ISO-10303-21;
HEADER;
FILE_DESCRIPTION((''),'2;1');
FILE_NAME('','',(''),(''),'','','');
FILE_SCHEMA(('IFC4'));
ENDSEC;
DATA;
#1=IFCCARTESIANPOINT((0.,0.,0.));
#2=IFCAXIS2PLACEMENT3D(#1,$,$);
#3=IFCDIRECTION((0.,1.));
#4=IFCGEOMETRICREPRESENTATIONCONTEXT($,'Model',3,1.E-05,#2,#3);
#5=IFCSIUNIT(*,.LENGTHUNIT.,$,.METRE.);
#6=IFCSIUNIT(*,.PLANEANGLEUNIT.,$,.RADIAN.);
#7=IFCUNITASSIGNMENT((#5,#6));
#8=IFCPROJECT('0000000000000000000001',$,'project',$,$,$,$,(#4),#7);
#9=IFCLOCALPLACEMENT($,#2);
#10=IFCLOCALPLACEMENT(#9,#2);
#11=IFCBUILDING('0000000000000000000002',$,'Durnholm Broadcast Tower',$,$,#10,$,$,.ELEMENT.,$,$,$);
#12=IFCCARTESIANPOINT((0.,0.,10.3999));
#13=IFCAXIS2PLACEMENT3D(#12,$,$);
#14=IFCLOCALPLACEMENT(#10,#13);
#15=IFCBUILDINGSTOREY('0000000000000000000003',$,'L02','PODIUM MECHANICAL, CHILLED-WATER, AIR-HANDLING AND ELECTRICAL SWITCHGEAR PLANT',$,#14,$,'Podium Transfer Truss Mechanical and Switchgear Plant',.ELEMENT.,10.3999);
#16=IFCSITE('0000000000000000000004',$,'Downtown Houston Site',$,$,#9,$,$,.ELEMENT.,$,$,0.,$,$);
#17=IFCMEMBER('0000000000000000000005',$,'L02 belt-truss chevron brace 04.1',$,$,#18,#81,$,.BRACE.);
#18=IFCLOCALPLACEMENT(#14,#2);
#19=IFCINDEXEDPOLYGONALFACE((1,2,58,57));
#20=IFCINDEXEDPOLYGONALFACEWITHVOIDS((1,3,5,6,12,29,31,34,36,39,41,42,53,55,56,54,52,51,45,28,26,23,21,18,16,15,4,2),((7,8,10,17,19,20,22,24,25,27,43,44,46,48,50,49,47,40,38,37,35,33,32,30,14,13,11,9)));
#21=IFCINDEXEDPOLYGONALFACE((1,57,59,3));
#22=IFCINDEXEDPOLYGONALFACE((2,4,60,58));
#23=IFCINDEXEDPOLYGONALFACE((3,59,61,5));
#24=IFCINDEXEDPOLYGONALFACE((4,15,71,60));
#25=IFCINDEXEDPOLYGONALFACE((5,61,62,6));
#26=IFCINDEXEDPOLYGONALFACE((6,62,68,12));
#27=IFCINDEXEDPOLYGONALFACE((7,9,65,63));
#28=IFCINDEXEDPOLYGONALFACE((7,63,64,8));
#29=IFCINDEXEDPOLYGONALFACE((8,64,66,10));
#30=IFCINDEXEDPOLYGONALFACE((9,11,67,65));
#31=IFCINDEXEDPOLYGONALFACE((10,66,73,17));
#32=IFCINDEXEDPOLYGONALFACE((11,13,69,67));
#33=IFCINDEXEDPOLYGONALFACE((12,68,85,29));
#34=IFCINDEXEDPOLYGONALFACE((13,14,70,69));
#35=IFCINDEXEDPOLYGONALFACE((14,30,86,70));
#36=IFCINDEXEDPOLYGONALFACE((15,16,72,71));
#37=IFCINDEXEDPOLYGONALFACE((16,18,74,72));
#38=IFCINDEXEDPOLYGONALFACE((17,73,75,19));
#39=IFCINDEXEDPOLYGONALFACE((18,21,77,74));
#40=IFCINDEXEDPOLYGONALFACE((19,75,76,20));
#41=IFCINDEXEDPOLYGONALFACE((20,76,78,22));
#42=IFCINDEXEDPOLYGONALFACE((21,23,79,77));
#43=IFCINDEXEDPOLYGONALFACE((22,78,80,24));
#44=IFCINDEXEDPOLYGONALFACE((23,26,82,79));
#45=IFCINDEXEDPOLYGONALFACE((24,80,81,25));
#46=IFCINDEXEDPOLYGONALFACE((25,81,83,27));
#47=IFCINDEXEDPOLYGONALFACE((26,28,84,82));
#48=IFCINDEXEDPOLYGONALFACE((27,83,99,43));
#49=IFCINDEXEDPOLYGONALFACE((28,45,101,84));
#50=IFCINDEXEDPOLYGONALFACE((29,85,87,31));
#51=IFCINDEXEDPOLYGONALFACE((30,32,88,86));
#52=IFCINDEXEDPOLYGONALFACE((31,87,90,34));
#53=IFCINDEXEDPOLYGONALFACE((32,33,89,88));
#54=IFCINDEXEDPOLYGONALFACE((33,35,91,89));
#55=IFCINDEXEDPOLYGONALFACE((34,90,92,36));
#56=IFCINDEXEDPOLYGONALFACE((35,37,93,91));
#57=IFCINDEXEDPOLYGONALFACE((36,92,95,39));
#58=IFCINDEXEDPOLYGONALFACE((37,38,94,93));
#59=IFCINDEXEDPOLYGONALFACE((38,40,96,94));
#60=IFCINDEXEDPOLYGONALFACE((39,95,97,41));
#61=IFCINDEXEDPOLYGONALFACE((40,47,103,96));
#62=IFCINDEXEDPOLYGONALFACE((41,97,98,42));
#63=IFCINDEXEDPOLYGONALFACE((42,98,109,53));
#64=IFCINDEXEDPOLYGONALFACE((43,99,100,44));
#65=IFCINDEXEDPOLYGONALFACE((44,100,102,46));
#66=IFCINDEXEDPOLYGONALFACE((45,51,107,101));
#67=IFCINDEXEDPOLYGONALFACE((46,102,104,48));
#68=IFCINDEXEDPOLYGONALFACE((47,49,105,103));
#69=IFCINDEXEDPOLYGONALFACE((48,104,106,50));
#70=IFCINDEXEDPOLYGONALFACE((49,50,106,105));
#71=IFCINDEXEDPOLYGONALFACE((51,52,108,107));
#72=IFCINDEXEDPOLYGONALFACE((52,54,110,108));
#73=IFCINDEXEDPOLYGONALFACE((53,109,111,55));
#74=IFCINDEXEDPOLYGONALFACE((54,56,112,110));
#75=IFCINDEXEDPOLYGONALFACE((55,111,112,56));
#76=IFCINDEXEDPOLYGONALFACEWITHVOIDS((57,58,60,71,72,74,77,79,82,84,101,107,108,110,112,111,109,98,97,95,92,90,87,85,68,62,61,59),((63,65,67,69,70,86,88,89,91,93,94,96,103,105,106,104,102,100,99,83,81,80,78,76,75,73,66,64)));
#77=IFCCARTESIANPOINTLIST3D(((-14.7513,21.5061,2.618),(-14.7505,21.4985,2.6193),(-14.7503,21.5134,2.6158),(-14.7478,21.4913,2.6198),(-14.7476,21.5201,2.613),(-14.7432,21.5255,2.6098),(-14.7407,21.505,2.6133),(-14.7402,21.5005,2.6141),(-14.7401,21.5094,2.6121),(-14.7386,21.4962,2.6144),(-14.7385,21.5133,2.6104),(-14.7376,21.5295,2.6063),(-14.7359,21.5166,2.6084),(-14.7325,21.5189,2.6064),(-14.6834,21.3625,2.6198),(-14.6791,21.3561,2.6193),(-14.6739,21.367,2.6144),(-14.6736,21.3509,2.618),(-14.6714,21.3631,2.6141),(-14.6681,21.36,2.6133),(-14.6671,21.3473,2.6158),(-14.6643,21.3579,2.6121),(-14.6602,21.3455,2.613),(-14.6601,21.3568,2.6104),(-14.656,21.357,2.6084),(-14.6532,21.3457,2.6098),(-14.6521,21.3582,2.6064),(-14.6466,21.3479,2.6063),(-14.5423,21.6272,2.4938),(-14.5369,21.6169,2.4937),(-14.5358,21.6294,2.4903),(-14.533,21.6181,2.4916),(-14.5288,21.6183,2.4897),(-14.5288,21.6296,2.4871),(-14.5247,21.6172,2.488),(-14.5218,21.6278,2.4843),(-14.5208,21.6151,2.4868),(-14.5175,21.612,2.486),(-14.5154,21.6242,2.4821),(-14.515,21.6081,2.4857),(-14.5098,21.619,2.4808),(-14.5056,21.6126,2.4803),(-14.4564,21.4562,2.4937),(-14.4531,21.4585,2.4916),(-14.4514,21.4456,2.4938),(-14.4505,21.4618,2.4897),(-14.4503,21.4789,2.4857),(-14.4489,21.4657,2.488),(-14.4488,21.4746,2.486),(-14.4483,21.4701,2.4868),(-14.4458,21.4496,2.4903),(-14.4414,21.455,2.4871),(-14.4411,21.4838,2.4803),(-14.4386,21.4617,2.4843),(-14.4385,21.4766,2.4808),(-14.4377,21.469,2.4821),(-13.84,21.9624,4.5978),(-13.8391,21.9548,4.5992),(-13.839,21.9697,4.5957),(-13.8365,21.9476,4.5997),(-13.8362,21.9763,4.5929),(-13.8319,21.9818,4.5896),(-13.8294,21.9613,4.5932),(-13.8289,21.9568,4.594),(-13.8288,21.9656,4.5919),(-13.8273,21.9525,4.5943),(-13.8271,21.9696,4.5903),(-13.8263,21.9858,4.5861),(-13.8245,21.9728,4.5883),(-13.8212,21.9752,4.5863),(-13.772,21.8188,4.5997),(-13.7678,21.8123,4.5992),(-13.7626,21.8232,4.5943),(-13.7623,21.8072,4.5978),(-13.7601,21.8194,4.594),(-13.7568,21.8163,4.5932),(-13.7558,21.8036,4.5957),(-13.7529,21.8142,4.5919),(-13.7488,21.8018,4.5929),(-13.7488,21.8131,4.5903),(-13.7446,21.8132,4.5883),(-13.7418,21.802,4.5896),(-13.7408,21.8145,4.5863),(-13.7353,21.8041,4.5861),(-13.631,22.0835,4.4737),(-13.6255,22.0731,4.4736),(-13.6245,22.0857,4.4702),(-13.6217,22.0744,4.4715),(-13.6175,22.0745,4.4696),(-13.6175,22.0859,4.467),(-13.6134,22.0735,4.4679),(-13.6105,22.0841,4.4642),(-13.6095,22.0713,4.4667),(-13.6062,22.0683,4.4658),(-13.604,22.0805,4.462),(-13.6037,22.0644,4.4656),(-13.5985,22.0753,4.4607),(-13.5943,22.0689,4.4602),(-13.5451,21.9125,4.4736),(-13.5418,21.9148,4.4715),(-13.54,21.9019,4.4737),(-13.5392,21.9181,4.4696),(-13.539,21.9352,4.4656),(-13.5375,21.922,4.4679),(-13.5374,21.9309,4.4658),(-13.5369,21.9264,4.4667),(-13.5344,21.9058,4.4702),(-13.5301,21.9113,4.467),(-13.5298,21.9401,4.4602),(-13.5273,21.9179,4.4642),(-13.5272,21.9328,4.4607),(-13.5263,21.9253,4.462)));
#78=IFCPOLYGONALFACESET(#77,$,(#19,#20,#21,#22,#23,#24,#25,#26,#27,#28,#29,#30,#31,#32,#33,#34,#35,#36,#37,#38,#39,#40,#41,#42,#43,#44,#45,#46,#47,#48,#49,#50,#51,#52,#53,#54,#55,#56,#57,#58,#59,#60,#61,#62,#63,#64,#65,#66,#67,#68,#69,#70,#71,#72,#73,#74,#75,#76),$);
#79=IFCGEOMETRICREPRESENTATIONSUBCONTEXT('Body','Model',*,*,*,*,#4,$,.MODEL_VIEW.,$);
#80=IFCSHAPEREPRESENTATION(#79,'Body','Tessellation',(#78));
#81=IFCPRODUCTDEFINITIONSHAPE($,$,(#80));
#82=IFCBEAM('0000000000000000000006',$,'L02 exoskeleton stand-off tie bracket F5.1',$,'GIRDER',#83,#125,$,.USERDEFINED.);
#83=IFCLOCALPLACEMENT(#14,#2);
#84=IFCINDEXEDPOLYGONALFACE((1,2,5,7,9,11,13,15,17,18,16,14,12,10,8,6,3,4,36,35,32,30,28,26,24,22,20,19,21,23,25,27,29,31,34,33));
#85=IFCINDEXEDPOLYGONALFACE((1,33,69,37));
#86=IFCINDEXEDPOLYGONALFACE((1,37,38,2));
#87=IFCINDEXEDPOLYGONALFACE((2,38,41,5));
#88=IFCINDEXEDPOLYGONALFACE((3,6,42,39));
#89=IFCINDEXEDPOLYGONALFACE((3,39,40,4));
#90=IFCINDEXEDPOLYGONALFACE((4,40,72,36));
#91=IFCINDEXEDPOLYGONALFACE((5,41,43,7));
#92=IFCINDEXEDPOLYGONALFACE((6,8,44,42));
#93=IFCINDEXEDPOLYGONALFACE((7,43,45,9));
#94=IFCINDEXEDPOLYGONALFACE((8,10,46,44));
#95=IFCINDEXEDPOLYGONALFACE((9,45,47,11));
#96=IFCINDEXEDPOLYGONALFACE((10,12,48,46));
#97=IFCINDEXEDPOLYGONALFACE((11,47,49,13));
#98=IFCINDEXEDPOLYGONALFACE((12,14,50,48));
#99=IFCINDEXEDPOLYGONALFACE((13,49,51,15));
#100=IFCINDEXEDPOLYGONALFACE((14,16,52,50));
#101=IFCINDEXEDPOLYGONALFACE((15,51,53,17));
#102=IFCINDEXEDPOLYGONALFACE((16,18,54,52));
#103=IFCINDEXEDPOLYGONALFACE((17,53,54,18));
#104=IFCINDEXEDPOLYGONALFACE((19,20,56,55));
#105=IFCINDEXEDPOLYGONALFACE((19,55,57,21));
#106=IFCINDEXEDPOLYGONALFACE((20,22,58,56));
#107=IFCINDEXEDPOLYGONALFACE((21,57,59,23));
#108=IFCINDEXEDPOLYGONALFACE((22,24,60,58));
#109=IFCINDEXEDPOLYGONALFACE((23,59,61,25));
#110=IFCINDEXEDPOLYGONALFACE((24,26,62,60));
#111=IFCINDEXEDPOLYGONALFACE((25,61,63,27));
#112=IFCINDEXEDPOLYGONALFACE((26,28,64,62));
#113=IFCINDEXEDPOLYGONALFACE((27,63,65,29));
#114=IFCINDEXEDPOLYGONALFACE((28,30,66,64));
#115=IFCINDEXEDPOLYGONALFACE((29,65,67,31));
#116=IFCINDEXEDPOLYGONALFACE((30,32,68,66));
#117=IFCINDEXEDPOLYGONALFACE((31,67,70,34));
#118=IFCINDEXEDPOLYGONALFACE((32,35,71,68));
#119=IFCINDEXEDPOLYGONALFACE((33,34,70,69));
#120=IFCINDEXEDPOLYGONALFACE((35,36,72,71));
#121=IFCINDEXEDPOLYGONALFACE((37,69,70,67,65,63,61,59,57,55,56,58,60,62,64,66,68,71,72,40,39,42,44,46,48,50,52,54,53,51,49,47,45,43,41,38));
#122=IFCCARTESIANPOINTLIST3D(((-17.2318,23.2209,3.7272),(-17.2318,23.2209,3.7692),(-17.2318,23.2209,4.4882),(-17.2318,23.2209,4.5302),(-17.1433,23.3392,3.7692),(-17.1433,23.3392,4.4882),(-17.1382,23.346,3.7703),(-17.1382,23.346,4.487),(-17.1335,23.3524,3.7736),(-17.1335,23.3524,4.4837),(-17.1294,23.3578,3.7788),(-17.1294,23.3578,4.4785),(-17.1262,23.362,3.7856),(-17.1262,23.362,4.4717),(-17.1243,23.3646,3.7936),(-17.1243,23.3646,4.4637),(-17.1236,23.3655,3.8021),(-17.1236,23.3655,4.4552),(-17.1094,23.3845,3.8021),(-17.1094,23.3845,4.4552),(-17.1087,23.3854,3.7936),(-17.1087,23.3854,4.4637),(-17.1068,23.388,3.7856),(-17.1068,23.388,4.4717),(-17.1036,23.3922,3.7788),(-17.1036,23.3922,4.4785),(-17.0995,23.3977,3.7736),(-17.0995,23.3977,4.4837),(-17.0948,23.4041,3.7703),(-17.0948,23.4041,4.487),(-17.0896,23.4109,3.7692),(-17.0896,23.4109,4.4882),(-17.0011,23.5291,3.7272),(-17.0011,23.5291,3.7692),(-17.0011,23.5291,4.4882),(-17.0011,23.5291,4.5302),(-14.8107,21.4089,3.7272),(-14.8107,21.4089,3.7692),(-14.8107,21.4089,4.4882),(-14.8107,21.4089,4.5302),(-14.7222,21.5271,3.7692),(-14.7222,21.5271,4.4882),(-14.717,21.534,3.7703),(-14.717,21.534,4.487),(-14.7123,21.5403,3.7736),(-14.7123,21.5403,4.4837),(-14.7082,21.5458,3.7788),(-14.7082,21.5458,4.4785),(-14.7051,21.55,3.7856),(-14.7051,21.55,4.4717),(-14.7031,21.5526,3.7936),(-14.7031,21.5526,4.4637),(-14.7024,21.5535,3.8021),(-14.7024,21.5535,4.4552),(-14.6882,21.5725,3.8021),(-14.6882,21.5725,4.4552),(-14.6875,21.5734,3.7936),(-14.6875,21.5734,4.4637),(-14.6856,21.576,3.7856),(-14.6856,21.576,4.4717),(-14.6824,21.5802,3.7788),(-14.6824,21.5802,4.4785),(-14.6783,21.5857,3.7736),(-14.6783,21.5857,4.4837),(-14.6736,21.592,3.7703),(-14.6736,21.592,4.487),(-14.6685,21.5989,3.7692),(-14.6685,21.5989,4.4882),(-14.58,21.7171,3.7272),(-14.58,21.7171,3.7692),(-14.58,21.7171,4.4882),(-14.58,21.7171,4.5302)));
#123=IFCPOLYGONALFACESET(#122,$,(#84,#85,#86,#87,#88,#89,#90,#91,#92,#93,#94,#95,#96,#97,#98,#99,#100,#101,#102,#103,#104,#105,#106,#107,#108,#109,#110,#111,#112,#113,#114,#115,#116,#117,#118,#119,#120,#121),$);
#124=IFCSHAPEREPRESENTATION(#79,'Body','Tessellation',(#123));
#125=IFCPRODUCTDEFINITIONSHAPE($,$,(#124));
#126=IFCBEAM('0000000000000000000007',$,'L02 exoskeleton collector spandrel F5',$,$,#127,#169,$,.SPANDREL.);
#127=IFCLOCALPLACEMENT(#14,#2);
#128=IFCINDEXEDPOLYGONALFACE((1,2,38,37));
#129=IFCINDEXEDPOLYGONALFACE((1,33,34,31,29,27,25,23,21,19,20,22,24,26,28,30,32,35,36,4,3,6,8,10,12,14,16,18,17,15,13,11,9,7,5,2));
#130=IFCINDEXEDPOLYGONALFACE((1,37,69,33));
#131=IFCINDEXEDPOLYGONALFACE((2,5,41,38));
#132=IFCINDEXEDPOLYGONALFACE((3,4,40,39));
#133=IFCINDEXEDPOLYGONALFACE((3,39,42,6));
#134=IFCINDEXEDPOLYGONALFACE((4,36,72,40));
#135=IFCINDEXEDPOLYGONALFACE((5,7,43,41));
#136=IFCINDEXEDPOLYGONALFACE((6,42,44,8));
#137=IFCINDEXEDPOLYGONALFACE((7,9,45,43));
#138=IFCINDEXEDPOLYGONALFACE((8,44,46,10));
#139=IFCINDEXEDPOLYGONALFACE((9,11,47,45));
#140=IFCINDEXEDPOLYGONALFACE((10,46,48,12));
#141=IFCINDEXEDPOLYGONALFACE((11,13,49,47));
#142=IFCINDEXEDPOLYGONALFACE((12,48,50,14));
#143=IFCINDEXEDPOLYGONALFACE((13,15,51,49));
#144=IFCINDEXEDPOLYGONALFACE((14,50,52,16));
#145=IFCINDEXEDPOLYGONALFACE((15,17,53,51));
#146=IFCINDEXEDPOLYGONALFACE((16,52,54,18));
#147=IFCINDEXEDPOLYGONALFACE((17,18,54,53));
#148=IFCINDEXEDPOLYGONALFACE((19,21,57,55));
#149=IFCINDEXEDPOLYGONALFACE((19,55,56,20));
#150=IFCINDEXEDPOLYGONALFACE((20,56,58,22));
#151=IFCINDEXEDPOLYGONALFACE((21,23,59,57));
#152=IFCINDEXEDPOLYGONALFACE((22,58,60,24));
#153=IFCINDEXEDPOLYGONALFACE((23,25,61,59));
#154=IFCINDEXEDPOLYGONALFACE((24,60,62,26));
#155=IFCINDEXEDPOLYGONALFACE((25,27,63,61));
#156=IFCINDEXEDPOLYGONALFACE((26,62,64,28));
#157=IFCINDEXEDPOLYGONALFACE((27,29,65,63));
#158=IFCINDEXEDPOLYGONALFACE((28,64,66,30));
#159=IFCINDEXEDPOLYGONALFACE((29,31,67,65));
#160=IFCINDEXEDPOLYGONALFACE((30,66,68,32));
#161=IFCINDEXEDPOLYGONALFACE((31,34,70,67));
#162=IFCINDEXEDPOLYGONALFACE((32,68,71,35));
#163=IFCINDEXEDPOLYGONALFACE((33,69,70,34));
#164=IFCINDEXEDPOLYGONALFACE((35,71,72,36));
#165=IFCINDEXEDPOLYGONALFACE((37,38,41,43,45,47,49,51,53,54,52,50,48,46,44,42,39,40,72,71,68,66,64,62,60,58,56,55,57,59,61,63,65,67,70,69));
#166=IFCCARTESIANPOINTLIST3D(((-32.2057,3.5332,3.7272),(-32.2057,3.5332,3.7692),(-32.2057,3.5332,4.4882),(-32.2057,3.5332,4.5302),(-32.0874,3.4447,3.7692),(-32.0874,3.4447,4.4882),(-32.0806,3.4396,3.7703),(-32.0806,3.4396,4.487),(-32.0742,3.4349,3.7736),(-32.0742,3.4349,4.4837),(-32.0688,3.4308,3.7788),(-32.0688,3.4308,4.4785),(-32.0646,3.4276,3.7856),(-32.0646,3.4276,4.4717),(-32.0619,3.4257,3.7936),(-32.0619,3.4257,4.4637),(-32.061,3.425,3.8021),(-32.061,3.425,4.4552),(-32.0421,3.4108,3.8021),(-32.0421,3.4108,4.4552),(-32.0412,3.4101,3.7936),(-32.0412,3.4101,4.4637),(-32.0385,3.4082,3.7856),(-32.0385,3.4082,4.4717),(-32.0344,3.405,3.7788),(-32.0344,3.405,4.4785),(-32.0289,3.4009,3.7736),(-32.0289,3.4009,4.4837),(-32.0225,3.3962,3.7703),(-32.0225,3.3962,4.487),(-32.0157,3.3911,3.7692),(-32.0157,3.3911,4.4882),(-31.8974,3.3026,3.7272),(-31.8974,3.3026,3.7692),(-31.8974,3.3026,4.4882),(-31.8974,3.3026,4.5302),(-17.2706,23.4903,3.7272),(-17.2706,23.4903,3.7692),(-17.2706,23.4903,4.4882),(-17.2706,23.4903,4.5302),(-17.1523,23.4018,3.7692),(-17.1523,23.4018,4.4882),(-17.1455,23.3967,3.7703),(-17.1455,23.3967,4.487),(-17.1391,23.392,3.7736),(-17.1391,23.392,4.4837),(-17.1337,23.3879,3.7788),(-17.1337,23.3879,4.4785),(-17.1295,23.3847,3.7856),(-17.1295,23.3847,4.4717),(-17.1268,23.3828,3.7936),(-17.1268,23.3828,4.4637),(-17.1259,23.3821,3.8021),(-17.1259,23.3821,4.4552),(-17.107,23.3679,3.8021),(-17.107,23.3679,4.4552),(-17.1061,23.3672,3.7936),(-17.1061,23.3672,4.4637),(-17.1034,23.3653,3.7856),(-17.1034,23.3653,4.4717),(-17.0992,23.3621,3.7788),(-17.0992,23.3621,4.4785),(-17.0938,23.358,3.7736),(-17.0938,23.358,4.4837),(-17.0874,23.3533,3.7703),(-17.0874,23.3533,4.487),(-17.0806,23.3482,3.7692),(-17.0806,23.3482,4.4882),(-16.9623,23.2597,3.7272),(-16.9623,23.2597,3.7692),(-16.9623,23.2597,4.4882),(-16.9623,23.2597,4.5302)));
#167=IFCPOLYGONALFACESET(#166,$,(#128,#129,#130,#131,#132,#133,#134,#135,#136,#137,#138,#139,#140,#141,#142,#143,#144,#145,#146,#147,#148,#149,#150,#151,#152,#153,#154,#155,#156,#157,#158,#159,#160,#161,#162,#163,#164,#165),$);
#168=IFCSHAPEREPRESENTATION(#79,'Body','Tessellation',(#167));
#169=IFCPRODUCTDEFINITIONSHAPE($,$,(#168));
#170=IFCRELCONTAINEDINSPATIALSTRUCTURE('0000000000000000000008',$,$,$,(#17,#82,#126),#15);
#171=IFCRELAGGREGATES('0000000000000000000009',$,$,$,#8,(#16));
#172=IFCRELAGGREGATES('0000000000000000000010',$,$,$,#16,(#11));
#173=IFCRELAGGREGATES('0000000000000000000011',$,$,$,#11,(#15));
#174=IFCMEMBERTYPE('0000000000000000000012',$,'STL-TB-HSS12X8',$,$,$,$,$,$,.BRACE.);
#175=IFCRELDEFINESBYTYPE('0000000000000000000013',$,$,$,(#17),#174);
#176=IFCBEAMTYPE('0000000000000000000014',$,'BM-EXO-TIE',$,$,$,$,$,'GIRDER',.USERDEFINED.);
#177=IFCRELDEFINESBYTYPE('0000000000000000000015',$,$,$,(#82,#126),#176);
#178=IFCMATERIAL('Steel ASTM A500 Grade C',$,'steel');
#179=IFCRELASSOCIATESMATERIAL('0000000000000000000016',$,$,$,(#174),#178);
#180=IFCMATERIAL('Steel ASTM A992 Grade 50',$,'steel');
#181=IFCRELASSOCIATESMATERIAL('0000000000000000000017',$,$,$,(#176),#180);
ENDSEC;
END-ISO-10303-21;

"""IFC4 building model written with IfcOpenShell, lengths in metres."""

from ifc_helpers import new_model, si_unit, direction, frame, origin, origin_2d, place, context, subcontext, project, spatial, hollow_rectangle, i_section, extrude, source, transform, mapped, material, material_profile, profile_set, type_object, type_shapes, element, save


model = new_model("IFC4")

# Units and contexts
model_context = context("Model", 3, precision=1e-05, world=origin(), true_north=direction((0.0, 1.0)))
body_context = subcontext(model_context, "Body", "Model", "MODEL_VIEW")
ifc_project = project(units=[si_unit("LENGTHUNIT", "METRE"), si_unit("PLANEANGLEUNIT", "RADIAN")], contexts=[model_context])

# Site, building, storey
site_placement = place(None, origin())
site = spatial("IfcSite", under=ifc_project, at=site_placement, Name="Downtown Houston Site", CompositionType="ELEMENT", RefElevation=0.0)
building_placement = place(site_placement, origin())
building = spatial("IfcBuilding", under=site, at=building_placement, Name="Durnholm Broadcast Tower", CompositionType="ELEMENT")
storey_placement = place(building_placement, frame((0.0, 0.0, 10.3999)))
storey = spatial("IfcBuildingStorey", under=building, at=storey_placement, Name="L02", Description="PODIUM MECHANICAL, CHILLED-WATER, AIR-HANDLING AND ELECTRICAL SWITCHGEAR PLANT", LongName="Podium Transfer Truss Mechanical and Switchgear Plant", CompositionType="ELEMENT", Elevation=10.3999)

# Shared definitions
ifc_material_1 = material(Name="Steel ASTM A992 Grade 50", Category="steel")

# Member
ifc_material_2 = material(Name="Steel ASTM A500 Grade C", Category="steel")
ifc_material_profile_1 = material_profile(ifc_material_2, hollow_rectangle(XDim=0.2031, YDim=0.3047, WallThickness=0.0117, InnerFilletRadius=0.0176, OuterFilletRadius=0.0295, at=origin_2d()), Name="HSS12X8X1/2")
ifc_profile_set_1 = profile_set([ifc_material_profile_1], Name="Steel ASTM A500 Grade C")
member_type_1 = type_object("IfcMemberType", Name="STL-TB-HSS12X8", PredefinedType="BRACE", material=ifc_profile_set_1)
shared_shape_1 = source(origin(), body_context, "Body", "SweptSolid", [
    extrude(hollow_rectangle(XDim=0.2031, YDim=0.3047, WallThickness=0.0117, InnerFilletRadius=0.0176, OuterFilletRadius=0.0295, at=origin_2d()), origin(), (0.0, 0.0, 1.0), 2.2268),
])
type_shapes(member_type_1, [shared_shape_1])
member_1_placement = place(storey_placement, frame((-14.5945, 21.4875, 2.55), z_axis=(0.409256, 0.204902, 0.889115), x_axis=(-0.447693, 0.894188, 0.0)))
element("IfcMember", 1, at=member_1_placement, inside=storey, type_object=member_type_1, Name="L02 belt-truss chevron brace 04.1", PredefinedType="BRACE", context=body_context, shape_type="MappedRepresentation", body=[
    mapped(shared_shape_1, transform((0.0, 0.0, 0.0), x_axis=(1.0, 0.0, 0.0), y_axis=(0.0, 1.0, 0.0), z_axis=(0.0, 0.0, 1.0), scale=1.0)),
])

# Beams
ifc_material_profile_2 = material_profile(ifc_material_1, i_section(OverallWidth=0.385, OverallDepth=0.803, WebThickness=0.0237, FlangeThickness=0.042, FilletRadius=0.033, at=origin_2d()), Name="W30X261")
ifc_profile_set_2 = profile_set([ifc_material_profile_2], Name="Steel ASTM A992 Grade 50")
beam_type_1 = type_object("IfcBeamType", Name="BM-EXO-TIE", ElementType="GIRDER", PredefinedType="USERDEFINED", material=ifc_profile_set_2)
shared_shape_2 = source(origin(), body_context, "Body", "SweptSolid", [
    extrude(i_section(OverallWidth=0.385, OverallDepth=0.803, WebThickness=0.0237, FlangeThickness=0.042, FilletRadius=0.033, at=origin_2d()), origin(), (0.0, 0.0, 1.0), 3.0242),
])
beam_1_placement = place(storey_placement, frame((-14.6953, 21.563, 4.1287), z_axis=(-0.80061, 0.599186, 0.0), x_axis=(-0.599186, -0.80061, 0.0)))
element("IfcBeam", 2, at=beam_1_placement, inside=storey, type_object=beam_type_1, Name="L02 exoskeleton stand-off tie bracket F5.1", ObjectType="GIRDER", PredefinedType="USERDEFINED", context=body_context, shape_type="MappedRepresentation", body=[
    mapped(shared_shape_2, transform((0.0, 0.0, 0.0), x_axis=(1.0, 0.0, 0.0), y_axis=(0.0, 1.0, 0.0), z_axis=(0.0, 0.0, 1.0), scale=1.0)),
])
shared_shape_3 = source(origin(), body_context, "Body", "SweptSolid", [
    extrude(i_section(OverallWidth=0.385, OverallDepth=0.803, WebThickness=0.0237, FlangeThickness=0.042, FilletRadius=0.033, at=origin_2d()), origin(), (0.0, 0.0, 1.0), 24.9268),
])
type_shapes(beam_type_1, [shared_shape_2, shared_shape_3])
beam_2_placement = place(storey_placement, frame((-17.1165, 23.375, 4.1287), z_axis=(-0.59916, -0.80063, 0.0), x_axis=(0.80063, -0.59916, 0.0)))
element("IfcBeam", 3, at=beam_2_placement, inside=storey, type_object=beam_type_1, Name="L02 exoskeleton collector spandrel F5", PredefinedType="SPANDREL", context=body_context, shape_type="MappedRepresentation", body=[
    mapped(shared_shape_3, transform((0.0, 0.0, 0.0), x_axis=(1.0, 0.0, 0.0), y_axis=(0.0, 1.0, 0.0), z_axis=(0.0, 0.0, 1.0), scale=1.0)),
])

save(model, "model.ifc")
